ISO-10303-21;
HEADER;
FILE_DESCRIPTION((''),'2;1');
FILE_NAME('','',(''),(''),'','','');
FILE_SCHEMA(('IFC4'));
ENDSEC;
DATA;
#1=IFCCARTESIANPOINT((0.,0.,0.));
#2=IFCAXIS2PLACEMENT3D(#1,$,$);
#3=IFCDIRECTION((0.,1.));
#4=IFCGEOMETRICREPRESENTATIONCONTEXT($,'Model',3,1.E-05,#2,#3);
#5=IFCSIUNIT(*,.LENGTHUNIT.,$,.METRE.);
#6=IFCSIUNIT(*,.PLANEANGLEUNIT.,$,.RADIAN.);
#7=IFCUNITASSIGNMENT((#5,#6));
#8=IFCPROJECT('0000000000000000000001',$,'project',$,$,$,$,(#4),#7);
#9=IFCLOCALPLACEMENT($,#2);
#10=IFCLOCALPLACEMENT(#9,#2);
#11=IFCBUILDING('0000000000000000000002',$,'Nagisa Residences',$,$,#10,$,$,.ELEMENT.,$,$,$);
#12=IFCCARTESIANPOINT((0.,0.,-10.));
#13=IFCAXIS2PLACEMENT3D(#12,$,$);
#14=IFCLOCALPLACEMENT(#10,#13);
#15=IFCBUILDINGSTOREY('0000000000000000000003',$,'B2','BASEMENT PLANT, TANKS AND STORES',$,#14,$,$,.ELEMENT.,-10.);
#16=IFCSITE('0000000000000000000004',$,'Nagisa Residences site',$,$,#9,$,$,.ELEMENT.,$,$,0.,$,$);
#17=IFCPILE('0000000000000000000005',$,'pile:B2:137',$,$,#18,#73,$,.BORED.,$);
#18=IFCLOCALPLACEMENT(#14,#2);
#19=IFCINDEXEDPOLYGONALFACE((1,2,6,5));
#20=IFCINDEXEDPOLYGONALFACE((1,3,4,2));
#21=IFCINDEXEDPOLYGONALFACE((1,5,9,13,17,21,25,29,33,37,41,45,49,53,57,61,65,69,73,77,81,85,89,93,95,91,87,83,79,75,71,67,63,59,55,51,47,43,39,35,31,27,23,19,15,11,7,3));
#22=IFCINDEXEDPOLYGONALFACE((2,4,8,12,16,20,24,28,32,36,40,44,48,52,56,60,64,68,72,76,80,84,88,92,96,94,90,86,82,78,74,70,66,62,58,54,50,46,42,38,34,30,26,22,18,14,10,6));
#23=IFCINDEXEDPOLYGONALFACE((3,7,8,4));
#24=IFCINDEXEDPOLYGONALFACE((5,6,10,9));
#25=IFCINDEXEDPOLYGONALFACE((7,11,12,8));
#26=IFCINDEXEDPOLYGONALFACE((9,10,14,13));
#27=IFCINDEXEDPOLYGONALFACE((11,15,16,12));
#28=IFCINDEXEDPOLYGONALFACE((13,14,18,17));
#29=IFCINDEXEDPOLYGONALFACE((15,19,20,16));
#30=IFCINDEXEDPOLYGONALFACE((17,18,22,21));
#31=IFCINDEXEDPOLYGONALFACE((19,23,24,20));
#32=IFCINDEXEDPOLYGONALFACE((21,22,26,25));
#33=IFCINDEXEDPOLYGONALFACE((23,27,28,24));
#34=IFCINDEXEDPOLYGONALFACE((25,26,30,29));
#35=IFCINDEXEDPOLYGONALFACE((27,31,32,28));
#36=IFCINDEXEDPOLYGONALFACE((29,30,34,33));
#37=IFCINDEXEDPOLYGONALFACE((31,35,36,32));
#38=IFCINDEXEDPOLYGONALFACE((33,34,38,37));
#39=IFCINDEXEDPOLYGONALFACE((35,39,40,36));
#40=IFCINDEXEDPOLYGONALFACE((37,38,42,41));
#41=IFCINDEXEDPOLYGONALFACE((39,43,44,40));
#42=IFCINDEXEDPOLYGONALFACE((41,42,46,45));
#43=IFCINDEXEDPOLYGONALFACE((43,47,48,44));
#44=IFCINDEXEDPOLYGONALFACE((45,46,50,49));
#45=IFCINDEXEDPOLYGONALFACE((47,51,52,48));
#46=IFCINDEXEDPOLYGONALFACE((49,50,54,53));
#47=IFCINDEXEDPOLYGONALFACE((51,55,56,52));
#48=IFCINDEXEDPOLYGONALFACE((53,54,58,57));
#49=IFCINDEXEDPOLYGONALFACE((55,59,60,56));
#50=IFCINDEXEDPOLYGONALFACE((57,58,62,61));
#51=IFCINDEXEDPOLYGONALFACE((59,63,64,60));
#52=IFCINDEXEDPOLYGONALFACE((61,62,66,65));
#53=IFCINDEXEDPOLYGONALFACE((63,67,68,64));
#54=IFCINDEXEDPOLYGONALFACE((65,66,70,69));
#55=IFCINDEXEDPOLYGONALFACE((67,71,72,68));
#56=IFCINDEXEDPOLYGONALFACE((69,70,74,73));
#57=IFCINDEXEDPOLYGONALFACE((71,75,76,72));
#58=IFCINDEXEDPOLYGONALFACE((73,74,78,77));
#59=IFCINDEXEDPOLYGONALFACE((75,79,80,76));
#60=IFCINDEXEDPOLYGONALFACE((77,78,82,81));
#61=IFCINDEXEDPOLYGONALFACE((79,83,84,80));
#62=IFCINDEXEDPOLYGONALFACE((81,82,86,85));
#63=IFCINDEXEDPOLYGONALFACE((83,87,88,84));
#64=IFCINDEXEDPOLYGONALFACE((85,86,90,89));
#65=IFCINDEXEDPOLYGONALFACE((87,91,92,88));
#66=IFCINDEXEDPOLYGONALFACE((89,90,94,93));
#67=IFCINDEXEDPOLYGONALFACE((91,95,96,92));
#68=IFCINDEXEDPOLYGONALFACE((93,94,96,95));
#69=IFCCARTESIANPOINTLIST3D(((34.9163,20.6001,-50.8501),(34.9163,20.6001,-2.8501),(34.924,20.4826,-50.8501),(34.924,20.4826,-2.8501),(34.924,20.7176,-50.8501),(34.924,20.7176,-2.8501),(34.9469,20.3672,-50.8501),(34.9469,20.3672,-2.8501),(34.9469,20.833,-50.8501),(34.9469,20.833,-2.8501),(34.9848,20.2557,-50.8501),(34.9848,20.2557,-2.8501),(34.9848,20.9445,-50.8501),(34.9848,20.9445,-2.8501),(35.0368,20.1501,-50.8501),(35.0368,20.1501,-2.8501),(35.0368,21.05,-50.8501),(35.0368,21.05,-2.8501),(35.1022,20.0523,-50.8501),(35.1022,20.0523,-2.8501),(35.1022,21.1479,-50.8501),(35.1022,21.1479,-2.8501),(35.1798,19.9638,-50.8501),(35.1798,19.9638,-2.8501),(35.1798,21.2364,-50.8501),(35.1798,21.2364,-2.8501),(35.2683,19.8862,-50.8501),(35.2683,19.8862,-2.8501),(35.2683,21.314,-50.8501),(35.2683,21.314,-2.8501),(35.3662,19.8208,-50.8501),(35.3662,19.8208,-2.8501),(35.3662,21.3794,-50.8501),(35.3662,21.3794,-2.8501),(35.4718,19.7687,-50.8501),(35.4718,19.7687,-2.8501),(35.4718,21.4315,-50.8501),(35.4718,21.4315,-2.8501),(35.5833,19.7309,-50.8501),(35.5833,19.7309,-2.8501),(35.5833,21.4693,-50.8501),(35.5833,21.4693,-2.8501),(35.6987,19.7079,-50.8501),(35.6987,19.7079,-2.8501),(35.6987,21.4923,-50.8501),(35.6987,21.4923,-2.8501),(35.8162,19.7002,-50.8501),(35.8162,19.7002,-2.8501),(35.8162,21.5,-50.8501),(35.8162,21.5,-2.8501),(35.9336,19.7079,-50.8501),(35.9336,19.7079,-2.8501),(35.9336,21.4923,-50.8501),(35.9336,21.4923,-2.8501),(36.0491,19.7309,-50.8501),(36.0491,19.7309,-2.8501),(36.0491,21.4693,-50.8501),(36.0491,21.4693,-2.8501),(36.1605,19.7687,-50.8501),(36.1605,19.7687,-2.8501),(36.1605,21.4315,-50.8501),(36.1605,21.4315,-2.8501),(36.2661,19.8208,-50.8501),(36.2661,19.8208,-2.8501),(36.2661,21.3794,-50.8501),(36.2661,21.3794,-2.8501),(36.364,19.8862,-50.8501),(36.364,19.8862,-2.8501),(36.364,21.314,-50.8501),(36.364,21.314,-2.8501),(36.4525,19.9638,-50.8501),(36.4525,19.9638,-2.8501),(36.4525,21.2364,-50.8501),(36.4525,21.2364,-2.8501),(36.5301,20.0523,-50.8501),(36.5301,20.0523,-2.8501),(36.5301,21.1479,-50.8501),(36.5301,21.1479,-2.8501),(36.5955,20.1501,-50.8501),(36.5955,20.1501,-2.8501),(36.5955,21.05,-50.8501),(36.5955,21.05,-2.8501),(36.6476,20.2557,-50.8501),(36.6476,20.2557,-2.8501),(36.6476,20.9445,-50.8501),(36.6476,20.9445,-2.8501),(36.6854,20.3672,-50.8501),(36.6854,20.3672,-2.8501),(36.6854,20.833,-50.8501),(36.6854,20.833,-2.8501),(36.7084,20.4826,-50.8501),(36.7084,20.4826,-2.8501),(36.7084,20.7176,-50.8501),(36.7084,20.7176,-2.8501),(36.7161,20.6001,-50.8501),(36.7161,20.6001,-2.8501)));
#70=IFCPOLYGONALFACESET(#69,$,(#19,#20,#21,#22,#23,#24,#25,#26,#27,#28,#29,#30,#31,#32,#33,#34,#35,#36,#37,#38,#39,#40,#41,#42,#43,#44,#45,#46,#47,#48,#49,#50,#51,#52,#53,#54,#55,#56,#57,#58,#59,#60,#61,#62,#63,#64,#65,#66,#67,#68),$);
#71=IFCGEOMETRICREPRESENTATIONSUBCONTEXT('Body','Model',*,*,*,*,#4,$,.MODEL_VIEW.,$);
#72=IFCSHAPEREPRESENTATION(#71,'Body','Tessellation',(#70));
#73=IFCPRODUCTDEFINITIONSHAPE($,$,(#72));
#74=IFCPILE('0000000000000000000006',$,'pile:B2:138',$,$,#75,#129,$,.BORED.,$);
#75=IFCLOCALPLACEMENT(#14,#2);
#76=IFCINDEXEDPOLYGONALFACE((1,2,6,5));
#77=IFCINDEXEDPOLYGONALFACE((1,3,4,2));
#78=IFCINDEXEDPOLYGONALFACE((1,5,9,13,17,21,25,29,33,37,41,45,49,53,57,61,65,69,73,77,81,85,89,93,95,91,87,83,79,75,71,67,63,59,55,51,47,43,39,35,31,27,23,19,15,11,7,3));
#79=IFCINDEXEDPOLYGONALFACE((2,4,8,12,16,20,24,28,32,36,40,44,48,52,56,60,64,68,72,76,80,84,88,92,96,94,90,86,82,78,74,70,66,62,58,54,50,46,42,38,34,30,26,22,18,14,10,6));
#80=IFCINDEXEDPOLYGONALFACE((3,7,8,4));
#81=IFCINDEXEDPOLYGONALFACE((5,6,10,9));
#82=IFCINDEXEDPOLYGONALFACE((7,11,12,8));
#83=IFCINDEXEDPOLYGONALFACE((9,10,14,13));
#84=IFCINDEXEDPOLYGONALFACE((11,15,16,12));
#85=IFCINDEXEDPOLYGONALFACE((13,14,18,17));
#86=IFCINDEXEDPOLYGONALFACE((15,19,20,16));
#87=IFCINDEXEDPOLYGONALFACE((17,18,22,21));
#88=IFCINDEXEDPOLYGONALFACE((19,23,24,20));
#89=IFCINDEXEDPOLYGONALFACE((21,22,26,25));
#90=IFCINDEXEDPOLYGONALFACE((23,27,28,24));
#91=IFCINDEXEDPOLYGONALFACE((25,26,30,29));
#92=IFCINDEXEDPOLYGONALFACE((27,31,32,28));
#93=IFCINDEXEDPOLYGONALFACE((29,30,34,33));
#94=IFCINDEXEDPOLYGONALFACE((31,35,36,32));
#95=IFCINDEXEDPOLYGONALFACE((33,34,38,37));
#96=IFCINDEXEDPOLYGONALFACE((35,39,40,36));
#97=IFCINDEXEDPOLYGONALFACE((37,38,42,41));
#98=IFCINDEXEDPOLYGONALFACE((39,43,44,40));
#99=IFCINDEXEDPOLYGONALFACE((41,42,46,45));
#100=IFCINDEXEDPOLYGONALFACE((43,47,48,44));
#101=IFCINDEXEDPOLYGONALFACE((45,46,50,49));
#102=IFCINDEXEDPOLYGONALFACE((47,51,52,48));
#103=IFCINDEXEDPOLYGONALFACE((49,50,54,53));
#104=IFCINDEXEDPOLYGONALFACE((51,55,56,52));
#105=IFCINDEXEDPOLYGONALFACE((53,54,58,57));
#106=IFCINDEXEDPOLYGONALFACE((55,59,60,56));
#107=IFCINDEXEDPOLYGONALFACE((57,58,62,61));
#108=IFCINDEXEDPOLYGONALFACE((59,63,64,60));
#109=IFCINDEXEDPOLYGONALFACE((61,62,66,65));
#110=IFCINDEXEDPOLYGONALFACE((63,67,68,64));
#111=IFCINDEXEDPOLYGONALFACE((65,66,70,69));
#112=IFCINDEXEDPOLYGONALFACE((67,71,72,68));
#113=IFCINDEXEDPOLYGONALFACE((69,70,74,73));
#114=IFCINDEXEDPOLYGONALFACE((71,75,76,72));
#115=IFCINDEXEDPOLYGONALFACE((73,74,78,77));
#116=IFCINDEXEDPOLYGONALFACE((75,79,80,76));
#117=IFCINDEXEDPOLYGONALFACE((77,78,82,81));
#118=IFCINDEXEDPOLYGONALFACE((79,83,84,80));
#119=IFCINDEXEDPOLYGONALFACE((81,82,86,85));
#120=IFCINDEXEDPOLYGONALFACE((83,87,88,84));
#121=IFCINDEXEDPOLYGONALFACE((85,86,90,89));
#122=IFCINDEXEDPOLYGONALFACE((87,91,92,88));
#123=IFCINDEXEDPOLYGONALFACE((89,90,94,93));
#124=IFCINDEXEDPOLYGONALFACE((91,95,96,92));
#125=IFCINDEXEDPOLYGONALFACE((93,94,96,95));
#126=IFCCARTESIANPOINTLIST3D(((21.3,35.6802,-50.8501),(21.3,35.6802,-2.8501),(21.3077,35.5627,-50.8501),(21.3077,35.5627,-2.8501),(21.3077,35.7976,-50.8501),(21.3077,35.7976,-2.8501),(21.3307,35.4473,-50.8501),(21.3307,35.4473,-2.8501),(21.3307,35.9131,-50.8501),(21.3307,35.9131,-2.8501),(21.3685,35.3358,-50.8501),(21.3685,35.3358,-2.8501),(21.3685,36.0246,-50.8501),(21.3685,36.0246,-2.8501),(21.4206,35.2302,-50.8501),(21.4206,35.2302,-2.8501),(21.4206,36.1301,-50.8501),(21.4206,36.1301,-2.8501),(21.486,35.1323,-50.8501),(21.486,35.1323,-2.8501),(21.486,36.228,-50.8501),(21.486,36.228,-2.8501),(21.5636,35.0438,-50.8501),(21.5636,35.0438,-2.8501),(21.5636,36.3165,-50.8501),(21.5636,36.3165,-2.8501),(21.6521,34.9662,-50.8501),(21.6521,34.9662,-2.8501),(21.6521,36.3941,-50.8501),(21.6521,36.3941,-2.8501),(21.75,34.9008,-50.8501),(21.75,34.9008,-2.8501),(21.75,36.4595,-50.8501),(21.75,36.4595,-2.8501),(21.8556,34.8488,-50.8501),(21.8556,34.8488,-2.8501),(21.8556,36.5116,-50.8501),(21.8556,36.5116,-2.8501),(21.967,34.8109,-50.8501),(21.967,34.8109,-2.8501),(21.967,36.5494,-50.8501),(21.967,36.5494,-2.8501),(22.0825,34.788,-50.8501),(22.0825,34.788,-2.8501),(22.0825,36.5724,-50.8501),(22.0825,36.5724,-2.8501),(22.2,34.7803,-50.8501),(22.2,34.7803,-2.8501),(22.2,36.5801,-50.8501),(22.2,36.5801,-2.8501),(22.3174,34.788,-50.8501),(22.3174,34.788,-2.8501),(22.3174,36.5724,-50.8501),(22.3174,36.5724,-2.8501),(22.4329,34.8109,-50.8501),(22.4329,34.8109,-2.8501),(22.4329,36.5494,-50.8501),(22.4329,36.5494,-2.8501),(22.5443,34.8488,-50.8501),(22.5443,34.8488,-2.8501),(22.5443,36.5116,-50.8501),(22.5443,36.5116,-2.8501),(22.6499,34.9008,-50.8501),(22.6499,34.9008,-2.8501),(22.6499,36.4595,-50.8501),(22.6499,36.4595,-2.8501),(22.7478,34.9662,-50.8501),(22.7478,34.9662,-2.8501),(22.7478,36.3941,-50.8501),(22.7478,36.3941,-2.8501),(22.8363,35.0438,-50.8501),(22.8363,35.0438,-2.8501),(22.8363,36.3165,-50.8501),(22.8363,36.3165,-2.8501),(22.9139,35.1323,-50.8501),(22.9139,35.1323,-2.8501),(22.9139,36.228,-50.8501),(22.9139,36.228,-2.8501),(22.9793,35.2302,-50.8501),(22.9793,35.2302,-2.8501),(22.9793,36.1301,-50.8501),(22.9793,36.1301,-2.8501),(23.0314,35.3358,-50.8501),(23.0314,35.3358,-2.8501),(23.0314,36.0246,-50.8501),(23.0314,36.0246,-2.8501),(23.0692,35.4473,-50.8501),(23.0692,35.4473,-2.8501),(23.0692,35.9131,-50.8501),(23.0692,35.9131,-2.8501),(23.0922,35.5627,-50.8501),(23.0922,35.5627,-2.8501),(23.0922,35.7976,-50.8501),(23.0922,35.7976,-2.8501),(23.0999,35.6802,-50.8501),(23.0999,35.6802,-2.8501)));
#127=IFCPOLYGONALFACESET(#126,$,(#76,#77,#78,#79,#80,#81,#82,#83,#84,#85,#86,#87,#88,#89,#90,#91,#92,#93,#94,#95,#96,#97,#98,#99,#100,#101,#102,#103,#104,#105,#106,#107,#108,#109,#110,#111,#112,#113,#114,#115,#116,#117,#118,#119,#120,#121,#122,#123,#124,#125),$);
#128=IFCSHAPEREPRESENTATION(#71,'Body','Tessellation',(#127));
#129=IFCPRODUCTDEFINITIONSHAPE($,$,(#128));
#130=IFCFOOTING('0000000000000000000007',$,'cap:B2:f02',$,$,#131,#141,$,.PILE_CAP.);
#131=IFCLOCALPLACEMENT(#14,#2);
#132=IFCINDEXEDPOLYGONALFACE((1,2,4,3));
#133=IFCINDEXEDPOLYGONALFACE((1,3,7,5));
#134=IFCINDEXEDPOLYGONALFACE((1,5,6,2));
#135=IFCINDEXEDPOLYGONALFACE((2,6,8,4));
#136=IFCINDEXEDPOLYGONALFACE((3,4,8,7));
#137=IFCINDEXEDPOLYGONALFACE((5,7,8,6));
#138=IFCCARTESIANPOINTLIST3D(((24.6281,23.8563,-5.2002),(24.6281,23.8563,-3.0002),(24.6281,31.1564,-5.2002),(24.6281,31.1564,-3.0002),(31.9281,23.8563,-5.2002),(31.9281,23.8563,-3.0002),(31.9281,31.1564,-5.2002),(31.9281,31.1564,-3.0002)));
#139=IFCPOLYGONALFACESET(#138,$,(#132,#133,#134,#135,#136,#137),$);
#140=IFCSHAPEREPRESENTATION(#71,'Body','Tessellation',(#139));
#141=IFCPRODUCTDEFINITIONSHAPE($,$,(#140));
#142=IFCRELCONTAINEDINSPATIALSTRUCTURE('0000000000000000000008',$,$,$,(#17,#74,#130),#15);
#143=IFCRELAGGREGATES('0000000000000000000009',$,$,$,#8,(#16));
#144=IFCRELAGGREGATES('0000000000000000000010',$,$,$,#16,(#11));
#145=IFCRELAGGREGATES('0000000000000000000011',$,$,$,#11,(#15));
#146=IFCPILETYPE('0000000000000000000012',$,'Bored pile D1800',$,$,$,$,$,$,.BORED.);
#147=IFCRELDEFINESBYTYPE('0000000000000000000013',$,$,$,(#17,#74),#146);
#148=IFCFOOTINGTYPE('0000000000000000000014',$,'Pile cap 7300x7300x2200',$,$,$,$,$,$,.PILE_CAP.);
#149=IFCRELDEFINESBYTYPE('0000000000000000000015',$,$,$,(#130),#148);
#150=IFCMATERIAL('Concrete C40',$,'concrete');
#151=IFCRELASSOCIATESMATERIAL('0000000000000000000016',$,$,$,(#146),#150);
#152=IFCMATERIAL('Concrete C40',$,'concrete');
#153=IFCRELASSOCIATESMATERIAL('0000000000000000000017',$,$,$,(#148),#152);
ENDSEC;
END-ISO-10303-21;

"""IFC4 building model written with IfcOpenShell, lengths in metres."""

from ifc_helpers import new_model, si_unit, direction, frame, origin, origin_2d, place, context, subcontext, project, spatial, rectangle, circle, extrude, material, material_profile, profile_set, type_object, element, save


model = new_model("IFC4")

# Units and contexts
model_context = context("Model", 3, precision=1e-05, world=origin(), true_north=direction((0.0, 1.0)))
body_context = subcontext(model_context, "Body", "Model", "MODEL_VIEW")
ifc_project = project(units=[si_unit("LENGTHUNIT", "METRE"), si_unit("PLANEANGLEUNIT", "RADIAN")], contexts=[model_context])

# Site, building, storey
site_placement = place(None, origin())
site = spatial("IfcSite", under=ifc_project, at=site_placement, Name="Nagisa Residences site", CompositionType="ELEMENT", RefElevation=0.0)
building_placement = place(site_placement, origin())
building = spatial("IfcBuilding", under=site, at=building_placement, Name="Nagisa Residences", CompositionType="ELEMENT")
storey_placement = place(building_placement, frame((0.0, 0.0, -10.0)))
storey = spatial("IfcBuildingStorey", under=building, at=storey_placement, Name="B2", Description="BASEMENT PLANT, TANKS AND STORES", CompositionType="ELEMENT", Elevation=-10.0)

# Piles
ifc_material_1 = material(Name="Concrete C40", Category="concrete")
ifc_material_profile_1 = material_profile(ifc_material_1, circle(Radius=0.8999, at=origin_2d()), Name="Bored pile D1800")
ifc_profile_set_1 = profile_set([ifc_material_profile_1], Name="Concrete C40")
pile_type = type_object("IfcPileType", Name="Bored pile D1800", PredefinedType="BORED", material=ifc_profile_set_1)
for number, where, z_axis, x_axis, name in (
    (1, (35.8162, 20.6001, -2.8501), (0.0, 0.0, -1.0), (1.0, 0.0, 0.0), "pile:B2:137"),
    (2, (22.2, 35.6802, -2.8501), (0.0, 0.0, -1.0), (1.0, 0.0, 0.0), "pile:B2:138"),
):
    element("IfcPile", number, at=place(storey_placement, frame(where, z_axis=z_axis, x_axis=x_axis)), inside=storey, type_object=pile_type, Name=name, PredefinedType="BORED", context=body_context, shape_type="SweptSolid", body=[
        extrude(circle(Radius=0.8999, at=origin_2d()), origin(), (0.0, 0.0, 1.0), 48.0),
    ])

# Footing
ifc_material_2 = material(Name="Concrete C40", Category="concrete")
footing_type = type_object("IfcFootingType", Name="Pile cap 7300x7300x2200", PredefinedType="PILE_CAP", material=ifc_material_2)
footing_placement = place(storey_placement, frame((28.2781, 27.5063, -5.2002), z_axis=(0.0, 0.0, 1.0), x_axis=(1.0, 0.0, 0.0)))
element("IfcFooting", 3, at=footing_placement, inside=storey, type_object=footing_type, Name="cap:B2:f02", PredefinedType="PILE_CAP", context=body_context, shape_type="SweptSolid", body=[
    extrude(rectangle(XDim=7.3, YDim=7.3, at=origin_2d()), origin(), (0.0, 0.0, 1.0), 2.2),
])

save(model, "model.ifc")
